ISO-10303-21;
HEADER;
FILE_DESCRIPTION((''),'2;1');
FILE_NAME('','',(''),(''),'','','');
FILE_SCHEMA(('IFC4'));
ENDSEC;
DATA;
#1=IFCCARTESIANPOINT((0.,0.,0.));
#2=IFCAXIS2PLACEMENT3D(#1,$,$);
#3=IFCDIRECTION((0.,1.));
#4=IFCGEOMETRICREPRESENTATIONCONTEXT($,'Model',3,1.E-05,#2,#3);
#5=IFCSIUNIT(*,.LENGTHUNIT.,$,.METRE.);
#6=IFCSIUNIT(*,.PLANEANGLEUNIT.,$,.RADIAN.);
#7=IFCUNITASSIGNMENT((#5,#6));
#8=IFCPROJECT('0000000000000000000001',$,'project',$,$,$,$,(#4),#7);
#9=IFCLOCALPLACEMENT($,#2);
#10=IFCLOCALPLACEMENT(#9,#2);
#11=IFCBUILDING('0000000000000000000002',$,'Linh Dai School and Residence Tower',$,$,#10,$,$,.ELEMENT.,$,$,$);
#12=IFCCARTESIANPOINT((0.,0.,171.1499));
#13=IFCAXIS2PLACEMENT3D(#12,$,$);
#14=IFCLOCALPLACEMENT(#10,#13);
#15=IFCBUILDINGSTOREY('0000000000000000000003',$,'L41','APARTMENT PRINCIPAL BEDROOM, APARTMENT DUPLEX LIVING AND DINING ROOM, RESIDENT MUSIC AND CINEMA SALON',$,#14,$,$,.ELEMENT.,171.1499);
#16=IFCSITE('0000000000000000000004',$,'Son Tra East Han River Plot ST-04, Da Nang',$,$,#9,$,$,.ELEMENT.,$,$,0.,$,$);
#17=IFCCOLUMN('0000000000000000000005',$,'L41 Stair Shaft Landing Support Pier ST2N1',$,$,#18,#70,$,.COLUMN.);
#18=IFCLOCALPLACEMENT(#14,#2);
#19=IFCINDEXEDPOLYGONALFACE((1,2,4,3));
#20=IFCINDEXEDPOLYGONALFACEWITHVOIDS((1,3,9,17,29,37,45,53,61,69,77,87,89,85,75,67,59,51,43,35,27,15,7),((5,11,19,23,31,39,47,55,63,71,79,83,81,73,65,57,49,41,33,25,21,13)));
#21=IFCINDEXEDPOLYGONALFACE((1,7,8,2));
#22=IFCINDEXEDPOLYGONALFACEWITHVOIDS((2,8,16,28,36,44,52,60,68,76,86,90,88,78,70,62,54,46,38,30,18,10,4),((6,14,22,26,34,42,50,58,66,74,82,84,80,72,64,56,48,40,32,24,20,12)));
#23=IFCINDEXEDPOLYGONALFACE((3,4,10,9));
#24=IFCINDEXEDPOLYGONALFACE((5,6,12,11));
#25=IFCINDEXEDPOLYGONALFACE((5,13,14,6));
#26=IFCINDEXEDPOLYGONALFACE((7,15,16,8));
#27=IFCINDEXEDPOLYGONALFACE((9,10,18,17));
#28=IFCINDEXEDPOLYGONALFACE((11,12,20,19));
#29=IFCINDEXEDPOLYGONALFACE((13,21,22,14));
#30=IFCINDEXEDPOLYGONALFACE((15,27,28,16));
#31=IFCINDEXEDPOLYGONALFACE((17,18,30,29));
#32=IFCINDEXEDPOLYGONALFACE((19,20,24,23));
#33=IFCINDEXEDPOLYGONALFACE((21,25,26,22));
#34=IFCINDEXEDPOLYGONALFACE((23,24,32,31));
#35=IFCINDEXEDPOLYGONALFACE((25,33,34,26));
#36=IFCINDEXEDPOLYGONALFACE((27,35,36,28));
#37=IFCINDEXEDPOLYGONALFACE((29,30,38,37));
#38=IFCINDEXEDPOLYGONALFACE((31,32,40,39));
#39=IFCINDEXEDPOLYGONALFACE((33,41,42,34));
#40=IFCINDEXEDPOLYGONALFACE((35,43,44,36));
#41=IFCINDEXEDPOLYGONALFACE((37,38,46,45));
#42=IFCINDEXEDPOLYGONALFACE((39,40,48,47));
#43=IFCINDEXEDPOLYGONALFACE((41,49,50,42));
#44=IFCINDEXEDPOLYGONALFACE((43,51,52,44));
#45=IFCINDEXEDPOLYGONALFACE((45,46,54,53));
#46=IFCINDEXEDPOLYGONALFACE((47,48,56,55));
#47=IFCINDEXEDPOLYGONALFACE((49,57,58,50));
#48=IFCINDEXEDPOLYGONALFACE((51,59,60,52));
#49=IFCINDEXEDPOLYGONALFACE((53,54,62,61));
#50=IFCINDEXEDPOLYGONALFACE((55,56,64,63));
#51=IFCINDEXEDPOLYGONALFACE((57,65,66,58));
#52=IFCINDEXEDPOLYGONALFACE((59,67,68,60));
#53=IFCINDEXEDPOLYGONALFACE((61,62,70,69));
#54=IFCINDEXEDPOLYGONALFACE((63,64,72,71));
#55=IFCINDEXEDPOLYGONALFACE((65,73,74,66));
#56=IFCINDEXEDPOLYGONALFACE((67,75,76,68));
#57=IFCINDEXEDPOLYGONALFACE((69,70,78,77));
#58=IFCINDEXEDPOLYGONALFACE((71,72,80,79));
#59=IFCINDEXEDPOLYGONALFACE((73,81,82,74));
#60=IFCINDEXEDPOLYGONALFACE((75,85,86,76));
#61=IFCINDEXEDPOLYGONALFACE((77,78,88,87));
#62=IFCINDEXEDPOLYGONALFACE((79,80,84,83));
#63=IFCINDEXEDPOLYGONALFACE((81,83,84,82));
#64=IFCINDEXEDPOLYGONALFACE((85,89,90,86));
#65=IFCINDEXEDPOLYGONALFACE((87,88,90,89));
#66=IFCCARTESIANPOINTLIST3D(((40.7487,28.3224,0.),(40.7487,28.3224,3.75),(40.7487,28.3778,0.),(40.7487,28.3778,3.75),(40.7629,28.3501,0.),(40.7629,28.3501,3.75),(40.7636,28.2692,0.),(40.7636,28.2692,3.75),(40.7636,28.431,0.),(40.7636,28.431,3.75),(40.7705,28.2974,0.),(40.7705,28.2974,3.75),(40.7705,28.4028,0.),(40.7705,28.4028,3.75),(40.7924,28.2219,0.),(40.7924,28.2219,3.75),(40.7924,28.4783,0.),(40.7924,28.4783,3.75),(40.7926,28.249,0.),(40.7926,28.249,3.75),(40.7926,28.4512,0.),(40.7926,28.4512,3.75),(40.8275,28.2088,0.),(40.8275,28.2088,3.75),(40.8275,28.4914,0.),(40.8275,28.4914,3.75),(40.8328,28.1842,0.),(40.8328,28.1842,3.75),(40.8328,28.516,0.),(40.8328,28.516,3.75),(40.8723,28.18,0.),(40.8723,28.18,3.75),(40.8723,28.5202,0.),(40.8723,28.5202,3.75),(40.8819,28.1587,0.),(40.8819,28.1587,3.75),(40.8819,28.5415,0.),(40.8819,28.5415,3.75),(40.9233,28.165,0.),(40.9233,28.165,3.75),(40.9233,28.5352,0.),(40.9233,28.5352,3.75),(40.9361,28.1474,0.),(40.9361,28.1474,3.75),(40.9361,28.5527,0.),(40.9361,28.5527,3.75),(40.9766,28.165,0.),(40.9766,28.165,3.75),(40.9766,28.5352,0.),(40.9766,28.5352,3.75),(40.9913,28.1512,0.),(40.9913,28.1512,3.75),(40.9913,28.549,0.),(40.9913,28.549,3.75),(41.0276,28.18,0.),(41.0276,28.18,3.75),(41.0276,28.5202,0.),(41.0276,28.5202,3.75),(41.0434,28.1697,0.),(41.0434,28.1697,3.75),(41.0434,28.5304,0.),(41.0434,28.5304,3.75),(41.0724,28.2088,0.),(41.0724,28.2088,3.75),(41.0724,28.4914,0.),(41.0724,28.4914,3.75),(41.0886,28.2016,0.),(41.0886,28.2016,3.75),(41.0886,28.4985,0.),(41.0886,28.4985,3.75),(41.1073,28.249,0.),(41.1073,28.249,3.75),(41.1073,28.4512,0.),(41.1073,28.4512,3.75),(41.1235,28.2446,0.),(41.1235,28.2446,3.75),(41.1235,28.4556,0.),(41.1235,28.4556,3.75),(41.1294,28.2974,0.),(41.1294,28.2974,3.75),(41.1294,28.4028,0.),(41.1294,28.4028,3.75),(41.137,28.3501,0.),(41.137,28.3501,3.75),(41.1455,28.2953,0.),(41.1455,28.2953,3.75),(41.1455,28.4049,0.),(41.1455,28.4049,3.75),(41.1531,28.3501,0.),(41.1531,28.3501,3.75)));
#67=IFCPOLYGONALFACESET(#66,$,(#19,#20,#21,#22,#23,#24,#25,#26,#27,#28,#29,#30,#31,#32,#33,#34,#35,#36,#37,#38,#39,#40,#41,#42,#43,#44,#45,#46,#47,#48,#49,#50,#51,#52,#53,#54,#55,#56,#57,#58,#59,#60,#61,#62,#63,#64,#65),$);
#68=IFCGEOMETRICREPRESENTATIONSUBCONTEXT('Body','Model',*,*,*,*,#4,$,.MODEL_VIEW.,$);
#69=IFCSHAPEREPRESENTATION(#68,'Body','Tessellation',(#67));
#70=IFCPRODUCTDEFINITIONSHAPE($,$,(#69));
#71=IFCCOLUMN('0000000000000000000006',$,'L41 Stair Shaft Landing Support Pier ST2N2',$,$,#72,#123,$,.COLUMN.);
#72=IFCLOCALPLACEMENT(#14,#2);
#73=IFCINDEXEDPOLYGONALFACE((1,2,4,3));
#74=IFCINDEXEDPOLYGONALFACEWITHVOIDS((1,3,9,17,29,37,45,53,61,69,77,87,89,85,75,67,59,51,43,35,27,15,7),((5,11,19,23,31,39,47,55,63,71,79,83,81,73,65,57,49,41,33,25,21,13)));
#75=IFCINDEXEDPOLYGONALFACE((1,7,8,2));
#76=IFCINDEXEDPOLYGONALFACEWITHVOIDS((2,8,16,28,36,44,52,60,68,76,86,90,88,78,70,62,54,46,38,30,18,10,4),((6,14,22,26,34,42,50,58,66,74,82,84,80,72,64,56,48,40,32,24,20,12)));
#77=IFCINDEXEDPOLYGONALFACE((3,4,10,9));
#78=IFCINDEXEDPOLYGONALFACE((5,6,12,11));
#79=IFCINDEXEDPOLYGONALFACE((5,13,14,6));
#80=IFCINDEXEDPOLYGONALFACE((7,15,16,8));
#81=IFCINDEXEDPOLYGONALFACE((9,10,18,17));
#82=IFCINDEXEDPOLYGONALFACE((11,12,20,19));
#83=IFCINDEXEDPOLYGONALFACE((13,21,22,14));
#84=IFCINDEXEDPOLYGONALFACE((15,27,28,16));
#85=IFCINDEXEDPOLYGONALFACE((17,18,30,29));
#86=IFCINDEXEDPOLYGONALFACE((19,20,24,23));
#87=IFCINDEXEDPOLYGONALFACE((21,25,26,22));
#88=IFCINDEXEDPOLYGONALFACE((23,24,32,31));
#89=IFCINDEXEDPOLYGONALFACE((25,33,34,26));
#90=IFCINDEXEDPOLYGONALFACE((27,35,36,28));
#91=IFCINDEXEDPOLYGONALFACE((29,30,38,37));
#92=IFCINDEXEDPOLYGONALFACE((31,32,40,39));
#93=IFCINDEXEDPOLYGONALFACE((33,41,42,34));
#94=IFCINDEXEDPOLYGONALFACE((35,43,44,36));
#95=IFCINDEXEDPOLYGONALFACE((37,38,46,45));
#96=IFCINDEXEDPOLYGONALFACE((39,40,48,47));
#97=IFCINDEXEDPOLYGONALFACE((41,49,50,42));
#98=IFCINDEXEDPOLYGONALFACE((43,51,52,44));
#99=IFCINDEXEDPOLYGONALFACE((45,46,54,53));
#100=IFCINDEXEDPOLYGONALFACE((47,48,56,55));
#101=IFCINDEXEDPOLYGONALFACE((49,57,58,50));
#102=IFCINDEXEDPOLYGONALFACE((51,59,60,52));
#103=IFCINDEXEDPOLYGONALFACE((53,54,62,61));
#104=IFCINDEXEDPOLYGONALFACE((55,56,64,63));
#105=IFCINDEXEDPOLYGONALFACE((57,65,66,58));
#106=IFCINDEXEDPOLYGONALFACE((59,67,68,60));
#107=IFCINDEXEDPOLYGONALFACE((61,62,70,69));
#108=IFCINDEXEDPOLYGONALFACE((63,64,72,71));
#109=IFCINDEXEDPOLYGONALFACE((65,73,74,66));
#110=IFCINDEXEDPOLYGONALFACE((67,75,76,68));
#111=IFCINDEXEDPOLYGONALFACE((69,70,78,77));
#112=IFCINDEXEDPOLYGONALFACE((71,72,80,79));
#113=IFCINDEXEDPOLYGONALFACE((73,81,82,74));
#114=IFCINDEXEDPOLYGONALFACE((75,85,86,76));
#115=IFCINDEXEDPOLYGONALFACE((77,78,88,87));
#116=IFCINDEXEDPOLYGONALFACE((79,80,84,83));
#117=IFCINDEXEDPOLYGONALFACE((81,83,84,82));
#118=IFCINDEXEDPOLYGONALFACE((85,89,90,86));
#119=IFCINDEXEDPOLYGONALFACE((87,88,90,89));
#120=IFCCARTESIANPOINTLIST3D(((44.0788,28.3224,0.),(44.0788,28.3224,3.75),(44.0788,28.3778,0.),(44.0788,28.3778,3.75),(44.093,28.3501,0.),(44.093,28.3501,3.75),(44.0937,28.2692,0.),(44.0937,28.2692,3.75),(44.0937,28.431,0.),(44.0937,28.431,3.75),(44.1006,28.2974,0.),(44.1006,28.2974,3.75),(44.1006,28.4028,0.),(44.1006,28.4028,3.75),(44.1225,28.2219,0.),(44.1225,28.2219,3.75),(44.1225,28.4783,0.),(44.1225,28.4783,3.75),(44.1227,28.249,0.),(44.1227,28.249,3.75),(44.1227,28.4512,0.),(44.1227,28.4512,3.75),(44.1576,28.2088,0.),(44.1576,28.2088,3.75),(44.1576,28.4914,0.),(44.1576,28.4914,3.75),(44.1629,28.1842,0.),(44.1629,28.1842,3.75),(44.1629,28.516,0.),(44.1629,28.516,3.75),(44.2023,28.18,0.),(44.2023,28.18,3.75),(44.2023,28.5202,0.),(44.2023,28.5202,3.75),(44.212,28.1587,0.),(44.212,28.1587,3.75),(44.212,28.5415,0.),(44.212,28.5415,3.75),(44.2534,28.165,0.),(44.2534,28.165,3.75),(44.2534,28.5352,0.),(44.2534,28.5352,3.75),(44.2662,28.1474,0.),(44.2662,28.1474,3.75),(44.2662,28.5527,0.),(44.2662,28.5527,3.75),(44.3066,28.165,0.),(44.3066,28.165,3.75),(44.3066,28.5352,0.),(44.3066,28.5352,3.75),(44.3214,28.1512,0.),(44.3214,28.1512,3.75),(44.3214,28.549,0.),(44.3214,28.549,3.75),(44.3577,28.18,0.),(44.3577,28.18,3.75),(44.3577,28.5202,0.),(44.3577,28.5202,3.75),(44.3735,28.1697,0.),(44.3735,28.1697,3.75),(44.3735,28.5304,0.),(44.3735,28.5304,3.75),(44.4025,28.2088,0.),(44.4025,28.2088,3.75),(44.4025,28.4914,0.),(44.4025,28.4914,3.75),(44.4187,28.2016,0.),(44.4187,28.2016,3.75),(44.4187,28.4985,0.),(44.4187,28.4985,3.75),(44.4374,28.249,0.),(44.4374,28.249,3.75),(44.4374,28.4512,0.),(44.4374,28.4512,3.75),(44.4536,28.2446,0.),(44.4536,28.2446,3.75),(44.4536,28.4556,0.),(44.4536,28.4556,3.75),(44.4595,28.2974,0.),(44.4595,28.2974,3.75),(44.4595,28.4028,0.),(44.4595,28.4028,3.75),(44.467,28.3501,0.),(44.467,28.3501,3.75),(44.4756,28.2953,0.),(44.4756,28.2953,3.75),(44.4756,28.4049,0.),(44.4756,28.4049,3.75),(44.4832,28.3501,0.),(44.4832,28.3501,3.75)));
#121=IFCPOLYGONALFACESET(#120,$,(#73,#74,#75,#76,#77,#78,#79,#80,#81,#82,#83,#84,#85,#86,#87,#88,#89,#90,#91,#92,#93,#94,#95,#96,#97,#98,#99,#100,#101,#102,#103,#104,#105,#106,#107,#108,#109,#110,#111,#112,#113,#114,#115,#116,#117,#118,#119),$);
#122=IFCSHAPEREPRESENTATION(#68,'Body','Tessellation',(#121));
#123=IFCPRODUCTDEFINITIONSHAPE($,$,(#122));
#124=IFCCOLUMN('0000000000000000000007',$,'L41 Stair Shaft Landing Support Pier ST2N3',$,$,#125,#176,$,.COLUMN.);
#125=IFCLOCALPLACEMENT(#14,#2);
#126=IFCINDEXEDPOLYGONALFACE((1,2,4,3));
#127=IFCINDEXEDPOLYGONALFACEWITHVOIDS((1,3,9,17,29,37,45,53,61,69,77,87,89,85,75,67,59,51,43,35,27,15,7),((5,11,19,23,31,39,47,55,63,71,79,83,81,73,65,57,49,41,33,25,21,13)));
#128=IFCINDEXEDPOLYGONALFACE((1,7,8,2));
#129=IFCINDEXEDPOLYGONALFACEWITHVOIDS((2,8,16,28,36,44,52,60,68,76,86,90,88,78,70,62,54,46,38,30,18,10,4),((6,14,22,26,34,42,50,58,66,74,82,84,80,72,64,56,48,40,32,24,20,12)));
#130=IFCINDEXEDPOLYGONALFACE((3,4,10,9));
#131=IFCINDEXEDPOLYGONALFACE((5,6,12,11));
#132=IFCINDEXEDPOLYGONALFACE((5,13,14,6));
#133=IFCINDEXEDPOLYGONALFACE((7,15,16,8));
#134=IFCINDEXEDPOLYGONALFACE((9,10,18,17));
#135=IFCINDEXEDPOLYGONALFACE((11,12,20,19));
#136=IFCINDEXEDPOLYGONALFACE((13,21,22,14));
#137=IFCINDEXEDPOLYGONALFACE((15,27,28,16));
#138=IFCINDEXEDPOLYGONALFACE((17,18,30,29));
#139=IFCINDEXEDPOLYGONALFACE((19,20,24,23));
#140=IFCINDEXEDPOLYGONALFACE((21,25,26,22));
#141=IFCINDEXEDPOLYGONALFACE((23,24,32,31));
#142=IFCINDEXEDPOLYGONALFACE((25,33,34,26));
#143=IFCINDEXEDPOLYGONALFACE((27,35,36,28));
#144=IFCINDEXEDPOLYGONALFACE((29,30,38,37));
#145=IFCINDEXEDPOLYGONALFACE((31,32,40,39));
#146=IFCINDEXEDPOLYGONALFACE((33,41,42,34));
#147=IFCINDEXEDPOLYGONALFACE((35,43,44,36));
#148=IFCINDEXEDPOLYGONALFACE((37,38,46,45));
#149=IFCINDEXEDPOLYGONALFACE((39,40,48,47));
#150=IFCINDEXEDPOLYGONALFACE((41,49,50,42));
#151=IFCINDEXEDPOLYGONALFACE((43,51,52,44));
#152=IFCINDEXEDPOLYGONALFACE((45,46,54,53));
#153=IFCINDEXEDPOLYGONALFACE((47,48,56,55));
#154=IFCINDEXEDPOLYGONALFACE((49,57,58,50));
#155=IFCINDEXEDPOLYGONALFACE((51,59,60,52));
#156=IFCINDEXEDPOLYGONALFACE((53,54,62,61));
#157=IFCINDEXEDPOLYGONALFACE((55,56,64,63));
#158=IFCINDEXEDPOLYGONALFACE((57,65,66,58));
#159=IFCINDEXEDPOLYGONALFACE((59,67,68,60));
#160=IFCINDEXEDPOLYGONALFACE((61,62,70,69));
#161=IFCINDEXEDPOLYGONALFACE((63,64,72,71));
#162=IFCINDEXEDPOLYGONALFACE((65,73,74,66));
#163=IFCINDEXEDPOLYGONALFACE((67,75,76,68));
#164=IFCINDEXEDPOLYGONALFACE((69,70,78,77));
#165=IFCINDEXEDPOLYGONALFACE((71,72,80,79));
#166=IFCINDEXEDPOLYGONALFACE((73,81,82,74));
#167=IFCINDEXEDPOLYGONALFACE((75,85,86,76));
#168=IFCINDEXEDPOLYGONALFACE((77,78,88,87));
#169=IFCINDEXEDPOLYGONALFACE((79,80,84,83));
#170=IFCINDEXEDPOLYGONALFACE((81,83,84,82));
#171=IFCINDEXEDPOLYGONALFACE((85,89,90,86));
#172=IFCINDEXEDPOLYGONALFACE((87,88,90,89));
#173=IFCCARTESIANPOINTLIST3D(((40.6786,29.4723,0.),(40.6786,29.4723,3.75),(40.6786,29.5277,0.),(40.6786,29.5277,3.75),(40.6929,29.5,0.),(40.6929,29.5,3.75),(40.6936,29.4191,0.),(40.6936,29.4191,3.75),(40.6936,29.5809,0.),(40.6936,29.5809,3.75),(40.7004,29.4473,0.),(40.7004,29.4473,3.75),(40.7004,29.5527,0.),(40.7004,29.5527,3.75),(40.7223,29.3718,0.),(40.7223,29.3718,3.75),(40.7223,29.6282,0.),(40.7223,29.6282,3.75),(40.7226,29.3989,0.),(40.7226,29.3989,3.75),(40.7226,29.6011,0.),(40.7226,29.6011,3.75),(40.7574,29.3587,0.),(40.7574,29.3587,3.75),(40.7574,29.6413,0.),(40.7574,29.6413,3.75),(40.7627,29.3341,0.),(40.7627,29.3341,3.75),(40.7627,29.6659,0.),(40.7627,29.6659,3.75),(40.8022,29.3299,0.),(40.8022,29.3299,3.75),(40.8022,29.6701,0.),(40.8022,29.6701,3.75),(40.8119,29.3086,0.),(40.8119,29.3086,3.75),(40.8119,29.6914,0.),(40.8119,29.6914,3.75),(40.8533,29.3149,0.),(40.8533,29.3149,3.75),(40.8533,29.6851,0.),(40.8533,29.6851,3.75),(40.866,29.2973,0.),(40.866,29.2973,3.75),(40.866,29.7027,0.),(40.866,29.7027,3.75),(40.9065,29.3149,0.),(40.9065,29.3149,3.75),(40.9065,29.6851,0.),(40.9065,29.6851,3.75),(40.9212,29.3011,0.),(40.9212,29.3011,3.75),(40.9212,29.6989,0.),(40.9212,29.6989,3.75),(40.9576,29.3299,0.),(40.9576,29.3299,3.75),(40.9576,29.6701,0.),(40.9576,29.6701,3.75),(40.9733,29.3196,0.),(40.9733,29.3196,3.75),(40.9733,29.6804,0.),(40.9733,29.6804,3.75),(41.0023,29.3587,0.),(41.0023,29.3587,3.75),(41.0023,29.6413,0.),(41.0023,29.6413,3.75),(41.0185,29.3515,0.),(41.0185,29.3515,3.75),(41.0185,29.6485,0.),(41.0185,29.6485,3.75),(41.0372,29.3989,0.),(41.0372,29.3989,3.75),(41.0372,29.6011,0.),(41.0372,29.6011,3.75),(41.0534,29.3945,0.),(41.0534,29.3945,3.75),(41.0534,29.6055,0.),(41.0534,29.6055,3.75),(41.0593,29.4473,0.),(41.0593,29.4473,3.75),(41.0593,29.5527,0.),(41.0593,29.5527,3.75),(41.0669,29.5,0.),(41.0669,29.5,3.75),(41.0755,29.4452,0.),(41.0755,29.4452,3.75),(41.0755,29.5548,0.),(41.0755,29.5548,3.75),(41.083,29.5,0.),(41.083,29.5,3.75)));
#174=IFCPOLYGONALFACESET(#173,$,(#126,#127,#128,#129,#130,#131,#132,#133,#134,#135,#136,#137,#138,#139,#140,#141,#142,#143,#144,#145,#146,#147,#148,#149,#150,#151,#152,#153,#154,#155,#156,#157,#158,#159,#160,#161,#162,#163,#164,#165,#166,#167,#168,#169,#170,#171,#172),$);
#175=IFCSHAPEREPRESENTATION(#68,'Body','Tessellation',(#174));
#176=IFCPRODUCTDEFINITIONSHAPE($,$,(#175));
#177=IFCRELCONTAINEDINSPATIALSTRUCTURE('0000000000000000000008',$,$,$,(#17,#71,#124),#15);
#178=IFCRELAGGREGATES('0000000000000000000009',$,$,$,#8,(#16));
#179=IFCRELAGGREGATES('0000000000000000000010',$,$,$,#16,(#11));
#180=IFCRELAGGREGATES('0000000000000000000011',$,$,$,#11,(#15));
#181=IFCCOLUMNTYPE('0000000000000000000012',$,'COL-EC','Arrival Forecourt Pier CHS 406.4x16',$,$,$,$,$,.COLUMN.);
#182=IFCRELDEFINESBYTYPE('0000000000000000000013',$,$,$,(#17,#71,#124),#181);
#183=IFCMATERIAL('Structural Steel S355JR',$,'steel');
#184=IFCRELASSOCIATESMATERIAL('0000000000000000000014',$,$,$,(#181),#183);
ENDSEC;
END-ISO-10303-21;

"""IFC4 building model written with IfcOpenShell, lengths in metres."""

from ifc_helpers import new_model, si_unit, direction, frame, origin, origin_2d, place, context, subcontext, project, spatial, hollow_circle, extrude, material, material_profile, profile_set, type_object, element, save


model = new_model("IFC4")

# Units and contexts
model_context = context("Model", 3, precision=1e-05, world=origin(), true_north=direction((0.0, 1.0)))
body_context = subcontext(model_context, "Body", "Model", "MODEL_VIEW")
ifc_project = project(units=[si_unit("LENGTHUNIT", "METRE"), si_unit("PLANEANGLEUNIT", "RADIAN")], contexts=[model_context])

# Site, building, storey
site_placement = place(None, origin())
site = spatial("IfcSite", under=ifc_project, at=site_placement, Name="Son Tra East Han River Plot ST-04, Da Nang", CompositionType="ELEMENT", RefElevation=0.0)
building_placement = place(site_placement, origin())
building = spatial("IfcBuilding", under=site, at=building_placement, Name="Linh Dai School and Residence Tower", CompositionType="ELEMENT")
storey_placement = place(building_placement, frame((0.0, 0.0, 171.1499)))
storey = spatial("IfcBuildingStorey", under=building, at=storey_placement, Name="L41", Description="APARTMENT PRINCIPAL BEDROOM, APARTMENT DUPLEX LIVING AND DINING ROOM, RESIDENT MUSIC AND CINEMA SALON", CompositionType="ELEMENT", Elevation=171.1499)

# Columns
ifc_material_1 = material(Name="Structural Steel S355JR", Category="steel")
ifc_material_profile_1 = material_profile(ifc_material_1, hollow_circle(Radius=0.2031, WallThickness=0.0161, at=origin_2d()), Name="CHS 406.4x16")
ifc_profile_set_1 = profile_set([ifc_material_profile_1], Name="Structural Steel S355JR")
column_type_1 = type_object("IfcColumnType", Name="COL-EC", Description="Arrival Forecourt Pier CHS 406.4x16", PredefinedType="COLUMN", material=ifc_profile_set_1)
for number, where, z_axis, x_axis, name in (
    (1, (40.95, 28.3501, 0.0), (0.0, 0.0, 1.0), (1.0, 0.0, 0.0), "L41 Stair Shaft Landing Support Pier ST2N1"),
    (2, (44.28, 28.3501, 0.0), (0.0, 0.0, 1.0), (1.0, 0.0, 0.0), "L41 Stair Shaft Landing Support Pier ST2N2"),
    (3, (40.8799, 29.5, 0.0), (0.0, 0.0, 1.0), (1.0, 0.0, 0.0), "L41 Stair Shaft Landing Support Pier ST2N3"),
):
    element("IfcColumn", number, at=place(storey_placement, frame(where, z_axis=z_axis, x_axis=x_axis)), inside=storey, type_object=column_type_1, Name=name, PredefinedType="COLUMN", context=body_context, shape_type="SweptSolid", body=[
        extrude(hollow_circle(Radius=0.2031, WallThickness=0.0161, at=origin_2d()), origin(), (0.0, 0.0, 1.0), 3.75),
    ])

save(model, "model.ifc")
